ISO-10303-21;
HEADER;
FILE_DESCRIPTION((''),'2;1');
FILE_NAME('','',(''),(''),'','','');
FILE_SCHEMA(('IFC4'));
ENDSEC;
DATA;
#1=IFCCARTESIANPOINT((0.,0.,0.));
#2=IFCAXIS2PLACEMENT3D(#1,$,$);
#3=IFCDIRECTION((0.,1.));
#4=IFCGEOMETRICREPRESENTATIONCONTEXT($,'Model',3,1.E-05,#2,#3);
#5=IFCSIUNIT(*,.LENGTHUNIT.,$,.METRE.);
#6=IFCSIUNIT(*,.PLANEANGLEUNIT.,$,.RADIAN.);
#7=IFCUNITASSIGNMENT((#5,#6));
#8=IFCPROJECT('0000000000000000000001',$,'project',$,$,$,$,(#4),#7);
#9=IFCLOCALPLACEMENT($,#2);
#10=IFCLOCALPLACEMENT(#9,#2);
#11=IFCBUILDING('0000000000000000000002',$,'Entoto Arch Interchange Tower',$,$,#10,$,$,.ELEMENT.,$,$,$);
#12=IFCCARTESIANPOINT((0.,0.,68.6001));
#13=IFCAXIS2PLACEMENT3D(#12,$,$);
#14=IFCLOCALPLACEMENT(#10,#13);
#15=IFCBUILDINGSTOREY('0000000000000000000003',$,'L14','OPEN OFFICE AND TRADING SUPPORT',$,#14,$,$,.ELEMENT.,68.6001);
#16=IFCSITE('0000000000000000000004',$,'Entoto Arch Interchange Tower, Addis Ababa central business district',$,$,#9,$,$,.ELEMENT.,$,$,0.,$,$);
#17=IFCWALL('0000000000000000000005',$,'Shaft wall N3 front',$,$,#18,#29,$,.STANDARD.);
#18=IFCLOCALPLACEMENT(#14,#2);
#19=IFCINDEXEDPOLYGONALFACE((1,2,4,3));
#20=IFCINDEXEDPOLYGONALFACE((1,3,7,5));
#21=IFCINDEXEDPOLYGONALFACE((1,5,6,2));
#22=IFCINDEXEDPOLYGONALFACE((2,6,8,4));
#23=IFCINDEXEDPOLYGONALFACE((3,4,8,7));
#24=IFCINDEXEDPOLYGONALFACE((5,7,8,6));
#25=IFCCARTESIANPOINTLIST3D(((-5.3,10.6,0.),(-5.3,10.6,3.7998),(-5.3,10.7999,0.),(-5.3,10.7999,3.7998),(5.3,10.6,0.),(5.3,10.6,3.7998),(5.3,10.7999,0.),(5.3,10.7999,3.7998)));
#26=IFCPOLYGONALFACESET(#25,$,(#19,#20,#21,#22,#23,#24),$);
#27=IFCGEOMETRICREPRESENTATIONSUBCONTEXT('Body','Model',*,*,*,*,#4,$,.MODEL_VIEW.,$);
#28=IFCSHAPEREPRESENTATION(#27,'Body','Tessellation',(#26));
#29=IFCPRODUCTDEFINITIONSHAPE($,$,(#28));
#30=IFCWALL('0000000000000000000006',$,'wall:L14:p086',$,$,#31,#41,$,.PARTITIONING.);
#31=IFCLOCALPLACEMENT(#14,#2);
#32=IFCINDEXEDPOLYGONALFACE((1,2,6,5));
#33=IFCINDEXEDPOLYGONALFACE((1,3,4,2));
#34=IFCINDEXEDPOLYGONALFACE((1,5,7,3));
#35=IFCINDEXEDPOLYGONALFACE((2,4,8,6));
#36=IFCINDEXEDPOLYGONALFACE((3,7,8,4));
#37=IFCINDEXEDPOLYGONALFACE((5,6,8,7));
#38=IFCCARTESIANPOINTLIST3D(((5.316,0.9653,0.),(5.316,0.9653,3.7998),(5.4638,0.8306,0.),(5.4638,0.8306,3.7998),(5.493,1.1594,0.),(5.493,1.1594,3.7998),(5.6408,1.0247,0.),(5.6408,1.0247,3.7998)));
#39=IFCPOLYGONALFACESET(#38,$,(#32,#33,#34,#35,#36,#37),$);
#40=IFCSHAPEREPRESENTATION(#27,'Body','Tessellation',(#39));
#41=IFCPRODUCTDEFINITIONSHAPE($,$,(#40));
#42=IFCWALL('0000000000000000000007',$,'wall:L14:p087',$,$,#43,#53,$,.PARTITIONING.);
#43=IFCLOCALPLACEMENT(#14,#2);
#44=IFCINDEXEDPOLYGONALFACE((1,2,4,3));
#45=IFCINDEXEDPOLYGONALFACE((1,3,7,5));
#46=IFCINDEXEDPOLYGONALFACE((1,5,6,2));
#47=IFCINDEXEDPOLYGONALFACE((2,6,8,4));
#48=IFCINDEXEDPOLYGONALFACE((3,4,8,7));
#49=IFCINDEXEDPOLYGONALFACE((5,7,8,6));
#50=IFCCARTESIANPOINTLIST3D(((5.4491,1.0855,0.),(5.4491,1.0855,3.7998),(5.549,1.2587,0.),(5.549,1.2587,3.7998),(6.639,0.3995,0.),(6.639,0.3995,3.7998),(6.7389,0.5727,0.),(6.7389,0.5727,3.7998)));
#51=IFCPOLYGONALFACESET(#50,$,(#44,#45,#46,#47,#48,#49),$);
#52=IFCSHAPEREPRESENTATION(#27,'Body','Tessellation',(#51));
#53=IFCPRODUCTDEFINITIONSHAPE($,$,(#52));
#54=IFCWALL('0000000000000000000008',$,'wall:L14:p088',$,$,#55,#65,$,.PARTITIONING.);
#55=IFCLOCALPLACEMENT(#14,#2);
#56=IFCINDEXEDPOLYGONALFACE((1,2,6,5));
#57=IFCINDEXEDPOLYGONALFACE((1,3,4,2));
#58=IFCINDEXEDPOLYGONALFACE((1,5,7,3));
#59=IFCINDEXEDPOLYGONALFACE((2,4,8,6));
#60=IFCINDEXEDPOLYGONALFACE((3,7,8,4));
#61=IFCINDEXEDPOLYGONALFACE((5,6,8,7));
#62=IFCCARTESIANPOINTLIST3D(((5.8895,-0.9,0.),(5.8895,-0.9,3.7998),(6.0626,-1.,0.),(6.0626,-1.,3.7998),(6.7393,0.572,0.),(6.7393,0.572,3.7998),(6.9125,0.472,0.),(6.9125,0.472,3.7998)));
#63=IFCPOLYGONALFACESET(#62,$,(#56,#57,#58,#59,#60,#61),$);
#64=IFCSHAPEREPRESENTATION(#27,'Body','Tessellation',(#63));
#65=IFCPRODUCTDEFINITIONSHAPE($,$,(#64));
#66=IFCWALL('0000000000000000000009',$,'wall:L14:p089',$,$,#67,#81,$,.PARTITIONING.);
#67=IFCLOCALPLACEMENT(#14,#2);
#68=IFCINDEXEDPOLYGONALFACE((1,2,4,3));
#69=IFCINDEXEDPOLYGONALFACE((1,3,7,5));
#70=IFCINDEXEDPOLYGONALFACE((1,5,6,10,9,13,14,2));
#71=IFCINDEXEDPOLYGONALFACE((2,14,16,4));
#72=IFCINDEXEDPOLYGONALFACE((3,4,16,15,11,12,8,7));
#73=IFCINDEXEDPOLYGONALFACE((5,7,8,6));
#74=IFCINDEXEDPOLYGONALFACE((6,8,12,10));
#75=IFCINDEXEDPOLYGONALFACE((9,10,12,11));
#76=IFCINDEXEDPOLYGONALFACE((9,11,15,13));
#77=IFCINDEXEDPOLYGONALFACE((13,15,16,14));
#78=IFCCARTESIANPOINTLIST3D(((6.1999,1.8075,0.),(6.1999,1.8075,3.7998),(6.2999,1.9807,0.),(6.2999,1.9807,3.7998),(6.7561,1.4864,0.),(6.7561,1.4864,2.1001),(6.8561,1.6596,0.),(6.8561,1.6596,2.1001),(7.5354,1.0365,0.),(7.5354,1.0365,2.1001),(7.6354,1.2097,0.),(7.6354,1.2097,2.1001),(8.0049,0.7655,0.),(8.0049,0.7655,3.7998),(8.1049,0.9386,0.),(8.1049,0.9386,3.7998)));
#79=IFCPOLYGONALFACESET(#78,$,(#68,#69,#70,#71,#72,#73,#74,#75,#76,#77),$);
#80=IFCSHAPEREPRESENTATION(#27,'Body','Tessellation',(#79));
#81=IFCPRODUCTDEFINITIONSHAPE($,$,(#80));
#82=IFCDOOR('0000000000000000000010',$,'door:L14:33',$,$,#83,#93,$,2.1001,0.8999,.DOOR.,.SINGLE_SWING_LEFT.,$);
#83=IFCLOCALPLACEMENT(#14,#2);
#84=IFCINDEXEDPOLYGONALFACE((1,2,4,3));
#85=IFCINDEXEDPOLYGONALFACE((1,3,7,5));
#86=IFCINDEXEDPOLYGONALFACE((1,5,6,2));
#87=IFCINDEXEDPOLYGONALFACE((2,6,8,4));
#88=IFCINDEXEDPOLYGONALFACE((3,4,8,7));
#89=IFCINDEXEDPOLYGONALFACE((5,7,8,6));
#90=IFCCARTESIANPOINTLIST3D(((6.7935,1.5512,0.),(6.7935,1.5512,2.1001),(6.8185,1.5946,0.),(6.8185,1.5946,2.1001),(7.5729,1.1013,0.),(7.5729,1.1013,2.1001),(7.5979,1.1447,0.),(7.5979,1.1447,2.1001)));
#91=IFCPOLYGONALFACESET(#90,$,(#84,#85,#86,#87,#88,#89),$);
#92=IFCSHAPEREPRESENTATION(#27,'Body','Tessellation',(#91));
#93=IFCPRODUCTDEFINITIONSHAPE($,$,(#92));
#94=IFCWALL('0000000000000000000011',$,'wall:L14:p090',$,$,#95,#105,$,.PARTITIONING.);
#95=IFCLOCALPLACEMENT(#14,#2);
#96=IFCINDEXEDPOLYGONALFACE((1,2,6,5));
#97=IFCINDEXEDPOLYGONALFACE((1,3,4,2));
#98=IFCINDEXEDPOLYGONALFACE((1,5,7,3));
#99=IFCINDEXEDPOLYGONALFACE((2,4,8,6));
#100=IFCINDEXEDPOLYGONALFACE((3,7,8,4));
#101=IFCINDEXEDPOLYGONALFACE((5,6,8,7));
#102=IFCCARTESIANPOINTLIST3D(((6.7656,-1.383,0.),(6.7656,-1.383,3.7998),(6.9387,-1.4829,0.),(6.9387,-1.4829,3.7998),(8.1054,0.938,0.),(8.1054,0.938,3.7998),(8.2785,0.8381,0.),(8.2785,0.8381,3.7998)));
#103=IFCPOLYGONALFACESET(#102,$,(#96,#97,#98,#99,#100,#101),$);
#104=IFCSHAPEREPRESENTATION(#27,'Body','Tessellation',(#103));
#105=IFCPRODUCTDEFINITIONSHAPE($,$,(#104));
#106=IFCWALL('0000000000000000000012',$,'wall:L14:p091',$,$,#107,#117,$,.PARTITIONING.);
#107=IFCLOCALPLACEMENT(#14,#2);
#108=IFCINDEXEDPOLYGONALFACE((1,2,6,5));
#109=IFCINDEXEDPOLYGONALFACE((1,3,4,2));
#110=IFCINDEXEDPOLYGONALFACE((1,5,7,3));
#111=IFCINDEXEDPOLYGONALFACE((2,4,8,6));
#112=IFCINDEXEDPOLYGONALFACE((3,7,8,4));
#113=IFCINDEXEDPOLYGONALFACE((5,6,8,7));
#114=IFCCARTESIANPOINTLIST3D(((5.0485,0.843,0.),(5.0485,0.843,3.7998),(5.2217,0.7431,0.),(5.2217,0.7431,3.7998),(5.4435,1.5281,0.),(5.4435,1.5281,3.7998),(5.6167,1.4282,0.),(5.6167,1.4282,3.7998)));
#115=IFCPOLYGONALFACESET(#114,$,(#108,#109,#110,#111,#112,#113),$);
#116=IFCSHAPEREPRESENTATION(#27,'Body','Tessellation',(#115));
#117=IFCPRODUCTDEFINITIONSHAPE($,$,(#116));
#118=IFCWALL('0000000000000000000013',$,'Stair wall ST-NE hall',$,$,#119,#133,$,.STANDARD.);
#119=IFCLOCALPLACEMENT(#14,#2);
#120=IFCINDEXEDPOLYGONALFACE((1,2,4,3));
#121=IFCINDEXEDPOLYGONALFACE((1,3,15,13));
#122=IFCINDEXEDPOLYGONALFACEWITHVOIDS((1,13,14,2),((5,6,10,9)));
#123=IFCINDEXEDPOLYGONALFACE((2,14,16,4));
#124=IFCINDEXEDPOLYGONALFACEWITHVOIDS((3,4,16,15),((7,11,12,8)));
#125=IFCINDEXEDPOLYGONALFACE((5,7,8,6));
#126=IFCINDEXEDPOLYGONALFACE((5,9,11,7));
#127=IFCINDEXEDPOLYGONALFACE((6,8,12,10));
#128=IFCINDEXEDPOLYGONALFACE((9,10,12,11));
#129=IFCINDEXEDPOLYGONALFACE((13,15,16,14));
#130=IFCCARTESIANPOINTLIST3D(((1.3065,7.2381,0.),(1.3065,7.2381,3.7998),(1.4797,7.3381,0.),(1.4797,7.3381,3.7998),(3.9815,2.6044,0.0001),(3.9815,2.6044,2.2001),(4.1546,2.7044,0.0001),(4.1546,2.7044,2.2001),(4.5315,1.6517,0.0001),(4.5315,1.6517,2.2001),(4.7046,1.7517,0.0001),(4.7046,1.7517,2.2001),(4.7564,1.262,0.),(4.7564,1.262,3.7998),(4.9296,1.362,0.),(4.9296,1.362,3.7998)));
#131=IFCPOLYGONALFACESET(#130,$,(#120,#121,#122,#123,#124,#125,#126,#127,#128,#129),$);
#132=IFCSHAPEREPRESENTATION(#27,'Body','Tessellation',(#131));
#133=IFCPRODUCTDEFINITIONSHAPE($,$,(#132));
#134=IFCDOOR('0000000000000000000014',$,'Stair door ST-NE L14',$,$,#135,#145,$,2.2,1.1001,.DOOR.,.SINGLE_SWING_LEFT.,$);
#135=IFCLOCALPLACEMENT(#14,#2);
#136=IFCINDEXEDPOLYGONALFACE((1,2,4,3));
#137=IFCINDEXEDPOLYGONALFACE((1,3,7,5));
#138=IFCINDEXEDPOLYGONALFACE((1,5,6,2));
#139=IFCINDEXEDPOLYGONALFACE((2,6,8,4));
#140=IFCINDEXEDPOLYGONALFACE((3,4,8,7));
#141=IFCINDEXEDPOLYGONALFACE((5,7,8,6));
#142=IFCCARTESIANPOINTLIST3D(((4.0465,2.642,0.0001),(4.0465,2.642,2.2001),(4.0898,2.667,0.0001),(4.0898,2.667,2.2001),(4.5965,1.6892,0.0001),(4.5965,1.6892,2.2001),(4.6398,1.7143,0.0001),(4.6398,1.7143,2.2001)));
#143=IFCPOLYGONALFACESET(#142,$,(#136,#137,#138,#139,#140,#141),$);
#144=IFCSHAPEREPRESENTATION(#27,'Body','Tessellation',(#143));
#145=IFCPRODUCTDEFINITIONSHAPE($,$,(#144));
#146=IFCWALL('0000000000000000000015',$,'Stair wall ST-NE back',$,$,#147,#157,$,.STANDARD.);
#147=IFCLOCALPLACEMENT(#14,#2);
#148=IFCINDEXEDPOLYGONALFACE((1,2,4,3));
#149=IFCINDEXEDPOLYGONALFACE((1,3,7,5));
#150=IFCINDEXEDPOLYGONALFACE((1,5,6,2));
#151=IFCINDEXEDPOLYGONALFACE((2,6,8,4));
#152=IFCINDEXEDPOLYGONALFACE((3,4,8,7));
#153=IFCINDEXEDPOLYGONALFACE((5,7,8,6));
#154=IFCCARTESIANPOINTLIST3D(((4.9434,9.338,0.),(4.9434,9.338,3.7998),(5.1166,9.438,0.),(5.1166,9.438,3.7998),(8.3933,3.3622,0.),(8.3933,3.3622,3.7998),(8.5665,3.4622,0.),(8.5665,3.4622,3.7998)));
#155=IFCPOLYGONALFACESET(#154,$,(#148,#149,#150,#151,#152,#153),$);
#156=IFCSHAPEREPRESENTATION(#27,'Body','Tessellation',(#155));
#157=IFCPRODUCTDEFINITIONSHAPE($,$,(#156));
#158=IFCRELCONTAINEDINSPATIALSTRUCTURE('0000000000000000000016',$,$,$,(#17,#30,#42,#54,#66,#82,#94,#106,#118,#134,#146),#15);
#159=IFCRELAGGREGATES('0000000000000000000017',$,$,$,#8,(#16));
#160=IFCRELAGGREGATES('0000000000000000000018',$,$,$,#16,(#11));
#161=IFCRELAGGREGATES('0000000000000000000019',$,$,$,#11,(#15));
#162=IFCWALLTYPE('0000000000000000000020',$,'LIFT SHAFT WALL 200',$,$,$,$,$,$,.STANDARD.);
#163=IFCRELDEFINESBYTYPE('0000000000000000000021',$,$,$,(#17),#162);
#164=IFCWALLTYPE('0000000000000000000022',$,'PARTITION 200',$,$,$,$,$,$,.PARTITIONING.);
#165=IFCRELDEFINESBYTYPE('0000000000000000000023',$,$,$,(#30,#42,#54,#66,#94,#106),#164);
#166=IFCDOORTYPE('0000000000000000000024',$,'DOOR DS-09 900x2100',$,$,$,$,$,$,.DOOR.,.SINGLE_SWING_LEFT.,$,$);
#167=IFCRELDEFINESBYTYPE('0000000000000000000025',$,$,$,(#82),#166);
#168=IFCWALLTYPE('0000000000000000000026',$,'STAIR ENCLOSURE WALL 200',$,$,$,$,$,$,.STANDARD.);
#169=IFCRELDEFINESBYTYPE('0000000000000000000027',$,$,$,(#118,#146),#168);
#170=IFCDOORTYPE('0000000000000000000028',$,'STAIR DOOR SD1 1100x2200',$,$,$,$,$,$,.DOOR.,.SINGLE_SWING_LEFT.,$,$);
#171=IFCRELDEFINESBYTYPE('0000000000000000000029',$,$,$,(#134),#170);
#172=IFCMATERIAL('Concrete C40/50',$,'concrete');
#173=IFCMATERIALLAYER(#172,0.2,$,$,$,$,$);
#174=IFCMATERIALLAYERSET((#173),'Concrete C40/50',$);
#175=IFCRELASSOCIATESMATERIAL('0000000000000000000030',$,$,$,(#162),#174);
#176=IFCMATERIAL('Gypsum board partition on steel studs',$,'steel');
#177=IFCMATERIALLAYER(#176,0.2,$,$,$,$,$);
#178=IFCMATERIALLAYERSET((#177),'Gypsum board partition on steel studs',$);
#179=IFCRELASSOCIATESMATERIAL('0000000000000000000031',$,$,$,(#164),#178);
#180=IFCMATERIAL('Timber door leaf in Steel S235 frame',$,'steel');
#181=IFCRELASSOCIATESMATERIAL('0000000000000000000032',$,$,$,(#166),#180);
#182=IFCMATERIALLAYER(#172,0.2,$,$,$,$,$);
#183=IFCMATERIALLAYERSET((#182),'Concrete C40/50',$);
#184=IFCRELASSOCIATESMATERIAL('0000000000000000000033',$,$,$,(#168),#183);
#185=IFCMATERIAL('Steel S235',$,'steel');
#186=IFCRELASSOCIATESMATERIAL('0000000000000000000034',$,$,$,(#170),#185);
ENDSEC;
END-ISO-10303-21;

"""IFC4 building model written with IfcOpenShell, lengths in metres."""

from ifc_helpers import new_model, si_unit, direction, frame, frame_2d, origin, place, context, subcontext, project, spatial, rectangle, extrude, material, layer, layer_set, type_object, element, fill, save


model = new_model("IFC4")

# Units and contexts
model_context = context("Model", 3, precision=1e-05, world=origin(), true_north=direction((0.0, 1.0)))
body_context = subcontext(model_context, "Body", "Model", "MODEL_VIEW")
ifc_project = project(units=[si_unit("LENGTHUNIT", "METRE"), si_unit("PLANEANGLEUNIT", "RADIAN")], contexts=[model_context])

# Site, building, storey
site_placement = place(None, origin())
site = spatial("IfcSite", under=ifc_project, at=site_placement, Name="Entoto Arch Interchange Tower, Addis Ababa central business district", CompositionType="ELEMENT", RefElevation=0.0)
building_placement = place(site_placement, origin())
building = spatial("IfcBuilding", under=site, at=building_placement, Name="Entoto Arch Interchange Tower", CompositionType="ELEMENT")
storey_placement = place(building_placement, frame((0.0, 0.0, 68.6001)))
storey = spatial("IfcBuildingStorey", under=building, at=storey_placement, Name="L14", Description="OPEN OFFICE AND TRADING SUPPORT", CompositionType="ELEMENT", Elevation=68.6001)

# Walls
ifc_material_1 = material(Name="Concrete C40/50", Category="concrete")
ifc_layer_1 = layer(ifc_material_1, 0.2)
ifc_layer_set_1 = layer_set([ifc_layer_1], Name="Concrete C40/50")
wall_type_1 = type_object("IfcWallType", Name="LIFT SHAFT WALL 200", PredefinedType="STANDARD", material=ifc_layer_set_1)
wall_1_placement = place(storey_placement, frame((5.3, 10.7, 0.0), z_axis=(0.0, 0.0, 1.0), x_axis=(-1.0, 0.0, 0.0)))
element("IfcWall", 1, at=wall_1_placement, inside=storey, type_object=wall_type_1, Name="Shaft wall N3 front", PredefinedType="STANDARD", context=body_context, shape_type="SweptSolid", body=[
    extrude(rectangle(XDim=10.6001, YDim=0.2, at=frame_2d((5.3, 0.0))), origin(), (0.0, 0.0, 1.0), 3.7998),
])
ifc_material_2 = material(Name="Gypsum board partition on steel studs", Category="steel")
ifc_layer_2 = layer(ifc_material_2, 0.2)
ifc_layer_set_2 = layer_set([ifc_layer_2], Name="Gypsum board partition on steel studs")
wall_type_2 = type_object("IfcWallType", Name="PARTITION 200", PredefinedType="PARTITIONING", material=ifc_layer_set_2)
wall_2_placement = place(storey_placement, frame((5.3899, 0.8979, 0.0), z_axis=(0.0, 0.0, 1.0), x_axis=(0.673828, 0.738888, 0.0)))
element("IfcWall", 2, at=wall_2_placement, inside=storey, type_object=wall_type_2, Name="wall:L14:p086", PredefinedType="PARTITIONING", context=body_context, shape_type="SweptSolid", body=[
    extrude(rectangle(XDim=0.2627, YDim=0.2, at=frame_2d((0.1313, 0.0))), origin(), (0.0, 0.0, 1.0), 3.7998),
])
wall_3_placement = place(storey_placement, frame((5.499, 1.1721, 0.0), z_axis=(0.0, 0.0, 1.0), x_axis=(0.866334, -0.499466, 0.0)))
element("IfcWall", 3, at=wall_3_placement, inside=storey, type_object=wall_type_2, Name="wall:L14:p087", PredefinedType="PARTITIONING", context=body_context, shape_type="SweptSolid", body=[
    extrude(rectangle(XDim=1.3735, YDim=0.2, at=frame_2d((0.6868, 0.0))), origin(), (0.0, 0.0, 1.0), 3.7998),
])
wall_4_placement = place(storey_placement, frame((6.8259, 0.522, 0.0), z_axis=(0.0, 0.0, 1.0), x_axis=(-0.500017, -0.866016, 0.0)))
element("IfcWall", 4, at=wall_4_placement, inside=storey, type_object=wall_type_2, Name="wall:L14:p088", PredefinedType="PARTITIONING", context=body_context, shape_type="SweptSolid", body=[
    extrude(rectangle(XDim=1.6997, YDim=0.2, at=frame_2d((0.8499, 0.0))), origin(), (0.0, 0.0, 1.0), 3.7998),
])

# Wall, opening, door
wall_5_placement = place(storey_placement, frame((6.25, 1.894, 0.0), z_axis=(0.0, 0.0, 1.0), x_axis=(0.866043, -0.499969, 0.0)))
wall_5 = element("IfcWall", 5, at=wall_5_placement, inside=storey, type_object=wall_type_2, Name="wall:L14:p089", PredefinedType="PARTITIONING", context=body_context, shape_type="SweptSolid", body=[
    extrude(rectangle(XDim=2.0842, YDim=0.2, at=frame_2d((1.042, 0.0))), origin(), (0.0, 0.0, 1.0), 3.7998),
])
opening_1_placement = place(wall_5_placement, frame((0.6421, 0.0, 0.0)))
opening_1 = element("IfcOpeningElement", 6, at=opening_1_placement, cuts=wall_5, PredefinedType="OPENING", context=body_context, shape_type="SweptSolid", body=[
    extrude(rectangle(XDim=0.8999, YDim=2.1001, at=frame_2d((0.45, 1.05))), frame((0.0, 0.1099, 0.0), z_axis=(0.0, -1.0, 0.0), x_axis=(1.0, 0.0, 0.0)), (0.0, 0.0, 1.0), 0.22),
])
ifc_material_3 = material(Name="Timber door leaf in Steel S235 frame", Category="steel")
door_type_1 = type_object("IfcDoorType", Name="DOOR DS-09 900x2100", OperationType="SINGLE_SWING_LEFT", PredefinedType="DOOR", material=ifc_material_3)
door_1_placement = place(opening_1_placement, origin())
door_1 = element("IfcDoor", 7, at=door_1_placement, inside=storey, type_object=door_type_1, Name="door:L14:33", OperationType="SINGLE_SWING_LEFT", OverallHeight=2.1001, OverallWidth=0.8999, PredefinedType="DOOR", context=body_context, shape_type="SweptSolid", body=[
    extrude(rectangle(XDim=0.8999, YDim=2.1001, at=frame_2d((0.45, 1.05))), frame((0.0, 0.0249, 0.0), z_axis=(0.0, -1.0, 0.0), x_axis=(1.0, 0.0, 0.0)), (0.0, 0.0, 1.0), 0.05),
])
fill(opening_1, door_1)

# Walls
wall_6_placement = place(storey_placement, frame((8.1919, 0.8879, 0.0), z_axis=(0.0, 0.0, 1.0), x_axis=(-0.499941, -0.86606, 0.0)))
element("IfcWall", 8, at=wall_6_placement, inside=storey, type_object=wall_type_2, Name="wall:L14:p090", PredefinedType="PARTITIONING", context=body_context, shape_type="SweptSolid", body=[
    extrude(rectangle(XDim=2.6799, YDim=0.2, at=frame_2d((1.3398, 0.0))), origin(), (0.0, 0.0, 1.0), 3.7998),
])
wall_7_placement = place(storey_placement, frame((5.135, 0.793, 0.0), z_axis=(0.0, 0.0, 1.0), x_axis=(0.499526, 0.866299, 0.0)))
element("IfcWall", 9, at=wall_7_placement, inside=storey, type_object=wall_type_2, Name="wall:L14:p091", PredefinedType="PARTITIONING", context=body_context, shape_type="SweptSolid", body=[
    extrude(rectangle(XDim=0.7908, YDim=0.2, at=frame_2d((0.3955, 0.0))), origin(), (0.0, 0.0, 1.0), 3.7998),
])

# Wall, opening, door
ifc_layer_3 = layer(ifc_material_1, 0.2)
ifc_layer_set_3 = layer_set([ifc_layer_3], Name="Concrete C40/50")
wall_type_3 = type_object("IfcWallType", Name="STAIR ENCLOSURE WALL 200", PredefinedType="STANDARD", material=ifc_layer_set_3)
wall_8_placement = place(storey_placement, frame((4.843, 1.312, 0.0), z_axis=(0.0, 0.0, 1.0), x_axis=(-0.499963, 0.866047, 0.0)))
wall_8 = element("IfcWall", 10, at=wall_8_placement, inside=storey, type_object=wall_type_3, Name="Stair wall ST-NE hall", PredefinedType="STANDARD", context=body_context, shape_type="SweptSolid", body=[
    extrude(rectangle(XDim=6.9004, YDim=0.2, at=frame_2d((3.4502, 0.0))), origin(), (0.0, 0.0, 1.0), 3.7998),
])
opening_2_placement = place(wall_8_placement, frame((0.45, 0.0, 0.0)))
opening_2 = element("IfcOpeningElement", 11, at=opening_2_placement, cuts=wall_8, PredefinedType="OPENING", context=body_context, shape_type="SweptSolid", body=[
    extrude(rectangle(XDim=1.1001, YDim=2.2, at=frame_2d((0.55, 1.1001))), frame((0.0, 0.1099, 0.0), z_axis=(0.0, -1.0, 0.0), x_axis=(1.0, 0.0, 0.0)), (0.0, 0.0, 1.0), 0.22),
])
ifc_material_4 = material(Name="Steel S235", Category="steel")
door_type_2 = type_object("IfcDoorType", Name="STAIR DOOR SD1 1100x2200", OperationType="SINGLE_SWING_LEFT", PredefinedType="DOOR", material=ifc_material_4)
door_2_placement = place(opening_2_placement, origin())
door_2 = element("IfcDoor", 12, at=door_2_placement, inside=storey, type_object=door_type_2, Name="Stair door ST-NE L14", OperationType="SINGLE_SWING_LEFT", OverallHeight=2.2, OverallWidth=1.1001, PredefinedType="DOOR", context=body_context, shape_type="SweptSolid", body=[
    extrude(rectangle(XDim=1.1001, YDim=2.2, at=frame_2d((0.55, 1.1001))), frame((0.0, 0.0249, 0.0), z_axis=(0.0, -1.0, 0.0), x_axis=(1.0, 0.0, 0.0)), (0.0, 0.0, 1.0), 0.05),
])
fill(opening_2, door_2)

# Wall
wall_9_placement = place(storey_placement, frame((8.48, 3.4121, 0.0), z_axis=(0.0, 0.0, 1.0), x_axis=(-0.499979, 0.866038, 0.0)))
element("IfcWall", 13, at=wall_9_placement, inside=storey, type_object=wall_type_3, Name="Stair wall ST-NE back", PredefinedType="STANDARD", context=body_context, shape_type="SweptSolid", body=[
    extrude(rectangle(XDim=6.9001, YDim=0.2, at=frame_2d((3.4502, 0.0))), origin(), (0.0, 0.0, 1.0), 3.7998),
])

save(model, "model.ifc")
